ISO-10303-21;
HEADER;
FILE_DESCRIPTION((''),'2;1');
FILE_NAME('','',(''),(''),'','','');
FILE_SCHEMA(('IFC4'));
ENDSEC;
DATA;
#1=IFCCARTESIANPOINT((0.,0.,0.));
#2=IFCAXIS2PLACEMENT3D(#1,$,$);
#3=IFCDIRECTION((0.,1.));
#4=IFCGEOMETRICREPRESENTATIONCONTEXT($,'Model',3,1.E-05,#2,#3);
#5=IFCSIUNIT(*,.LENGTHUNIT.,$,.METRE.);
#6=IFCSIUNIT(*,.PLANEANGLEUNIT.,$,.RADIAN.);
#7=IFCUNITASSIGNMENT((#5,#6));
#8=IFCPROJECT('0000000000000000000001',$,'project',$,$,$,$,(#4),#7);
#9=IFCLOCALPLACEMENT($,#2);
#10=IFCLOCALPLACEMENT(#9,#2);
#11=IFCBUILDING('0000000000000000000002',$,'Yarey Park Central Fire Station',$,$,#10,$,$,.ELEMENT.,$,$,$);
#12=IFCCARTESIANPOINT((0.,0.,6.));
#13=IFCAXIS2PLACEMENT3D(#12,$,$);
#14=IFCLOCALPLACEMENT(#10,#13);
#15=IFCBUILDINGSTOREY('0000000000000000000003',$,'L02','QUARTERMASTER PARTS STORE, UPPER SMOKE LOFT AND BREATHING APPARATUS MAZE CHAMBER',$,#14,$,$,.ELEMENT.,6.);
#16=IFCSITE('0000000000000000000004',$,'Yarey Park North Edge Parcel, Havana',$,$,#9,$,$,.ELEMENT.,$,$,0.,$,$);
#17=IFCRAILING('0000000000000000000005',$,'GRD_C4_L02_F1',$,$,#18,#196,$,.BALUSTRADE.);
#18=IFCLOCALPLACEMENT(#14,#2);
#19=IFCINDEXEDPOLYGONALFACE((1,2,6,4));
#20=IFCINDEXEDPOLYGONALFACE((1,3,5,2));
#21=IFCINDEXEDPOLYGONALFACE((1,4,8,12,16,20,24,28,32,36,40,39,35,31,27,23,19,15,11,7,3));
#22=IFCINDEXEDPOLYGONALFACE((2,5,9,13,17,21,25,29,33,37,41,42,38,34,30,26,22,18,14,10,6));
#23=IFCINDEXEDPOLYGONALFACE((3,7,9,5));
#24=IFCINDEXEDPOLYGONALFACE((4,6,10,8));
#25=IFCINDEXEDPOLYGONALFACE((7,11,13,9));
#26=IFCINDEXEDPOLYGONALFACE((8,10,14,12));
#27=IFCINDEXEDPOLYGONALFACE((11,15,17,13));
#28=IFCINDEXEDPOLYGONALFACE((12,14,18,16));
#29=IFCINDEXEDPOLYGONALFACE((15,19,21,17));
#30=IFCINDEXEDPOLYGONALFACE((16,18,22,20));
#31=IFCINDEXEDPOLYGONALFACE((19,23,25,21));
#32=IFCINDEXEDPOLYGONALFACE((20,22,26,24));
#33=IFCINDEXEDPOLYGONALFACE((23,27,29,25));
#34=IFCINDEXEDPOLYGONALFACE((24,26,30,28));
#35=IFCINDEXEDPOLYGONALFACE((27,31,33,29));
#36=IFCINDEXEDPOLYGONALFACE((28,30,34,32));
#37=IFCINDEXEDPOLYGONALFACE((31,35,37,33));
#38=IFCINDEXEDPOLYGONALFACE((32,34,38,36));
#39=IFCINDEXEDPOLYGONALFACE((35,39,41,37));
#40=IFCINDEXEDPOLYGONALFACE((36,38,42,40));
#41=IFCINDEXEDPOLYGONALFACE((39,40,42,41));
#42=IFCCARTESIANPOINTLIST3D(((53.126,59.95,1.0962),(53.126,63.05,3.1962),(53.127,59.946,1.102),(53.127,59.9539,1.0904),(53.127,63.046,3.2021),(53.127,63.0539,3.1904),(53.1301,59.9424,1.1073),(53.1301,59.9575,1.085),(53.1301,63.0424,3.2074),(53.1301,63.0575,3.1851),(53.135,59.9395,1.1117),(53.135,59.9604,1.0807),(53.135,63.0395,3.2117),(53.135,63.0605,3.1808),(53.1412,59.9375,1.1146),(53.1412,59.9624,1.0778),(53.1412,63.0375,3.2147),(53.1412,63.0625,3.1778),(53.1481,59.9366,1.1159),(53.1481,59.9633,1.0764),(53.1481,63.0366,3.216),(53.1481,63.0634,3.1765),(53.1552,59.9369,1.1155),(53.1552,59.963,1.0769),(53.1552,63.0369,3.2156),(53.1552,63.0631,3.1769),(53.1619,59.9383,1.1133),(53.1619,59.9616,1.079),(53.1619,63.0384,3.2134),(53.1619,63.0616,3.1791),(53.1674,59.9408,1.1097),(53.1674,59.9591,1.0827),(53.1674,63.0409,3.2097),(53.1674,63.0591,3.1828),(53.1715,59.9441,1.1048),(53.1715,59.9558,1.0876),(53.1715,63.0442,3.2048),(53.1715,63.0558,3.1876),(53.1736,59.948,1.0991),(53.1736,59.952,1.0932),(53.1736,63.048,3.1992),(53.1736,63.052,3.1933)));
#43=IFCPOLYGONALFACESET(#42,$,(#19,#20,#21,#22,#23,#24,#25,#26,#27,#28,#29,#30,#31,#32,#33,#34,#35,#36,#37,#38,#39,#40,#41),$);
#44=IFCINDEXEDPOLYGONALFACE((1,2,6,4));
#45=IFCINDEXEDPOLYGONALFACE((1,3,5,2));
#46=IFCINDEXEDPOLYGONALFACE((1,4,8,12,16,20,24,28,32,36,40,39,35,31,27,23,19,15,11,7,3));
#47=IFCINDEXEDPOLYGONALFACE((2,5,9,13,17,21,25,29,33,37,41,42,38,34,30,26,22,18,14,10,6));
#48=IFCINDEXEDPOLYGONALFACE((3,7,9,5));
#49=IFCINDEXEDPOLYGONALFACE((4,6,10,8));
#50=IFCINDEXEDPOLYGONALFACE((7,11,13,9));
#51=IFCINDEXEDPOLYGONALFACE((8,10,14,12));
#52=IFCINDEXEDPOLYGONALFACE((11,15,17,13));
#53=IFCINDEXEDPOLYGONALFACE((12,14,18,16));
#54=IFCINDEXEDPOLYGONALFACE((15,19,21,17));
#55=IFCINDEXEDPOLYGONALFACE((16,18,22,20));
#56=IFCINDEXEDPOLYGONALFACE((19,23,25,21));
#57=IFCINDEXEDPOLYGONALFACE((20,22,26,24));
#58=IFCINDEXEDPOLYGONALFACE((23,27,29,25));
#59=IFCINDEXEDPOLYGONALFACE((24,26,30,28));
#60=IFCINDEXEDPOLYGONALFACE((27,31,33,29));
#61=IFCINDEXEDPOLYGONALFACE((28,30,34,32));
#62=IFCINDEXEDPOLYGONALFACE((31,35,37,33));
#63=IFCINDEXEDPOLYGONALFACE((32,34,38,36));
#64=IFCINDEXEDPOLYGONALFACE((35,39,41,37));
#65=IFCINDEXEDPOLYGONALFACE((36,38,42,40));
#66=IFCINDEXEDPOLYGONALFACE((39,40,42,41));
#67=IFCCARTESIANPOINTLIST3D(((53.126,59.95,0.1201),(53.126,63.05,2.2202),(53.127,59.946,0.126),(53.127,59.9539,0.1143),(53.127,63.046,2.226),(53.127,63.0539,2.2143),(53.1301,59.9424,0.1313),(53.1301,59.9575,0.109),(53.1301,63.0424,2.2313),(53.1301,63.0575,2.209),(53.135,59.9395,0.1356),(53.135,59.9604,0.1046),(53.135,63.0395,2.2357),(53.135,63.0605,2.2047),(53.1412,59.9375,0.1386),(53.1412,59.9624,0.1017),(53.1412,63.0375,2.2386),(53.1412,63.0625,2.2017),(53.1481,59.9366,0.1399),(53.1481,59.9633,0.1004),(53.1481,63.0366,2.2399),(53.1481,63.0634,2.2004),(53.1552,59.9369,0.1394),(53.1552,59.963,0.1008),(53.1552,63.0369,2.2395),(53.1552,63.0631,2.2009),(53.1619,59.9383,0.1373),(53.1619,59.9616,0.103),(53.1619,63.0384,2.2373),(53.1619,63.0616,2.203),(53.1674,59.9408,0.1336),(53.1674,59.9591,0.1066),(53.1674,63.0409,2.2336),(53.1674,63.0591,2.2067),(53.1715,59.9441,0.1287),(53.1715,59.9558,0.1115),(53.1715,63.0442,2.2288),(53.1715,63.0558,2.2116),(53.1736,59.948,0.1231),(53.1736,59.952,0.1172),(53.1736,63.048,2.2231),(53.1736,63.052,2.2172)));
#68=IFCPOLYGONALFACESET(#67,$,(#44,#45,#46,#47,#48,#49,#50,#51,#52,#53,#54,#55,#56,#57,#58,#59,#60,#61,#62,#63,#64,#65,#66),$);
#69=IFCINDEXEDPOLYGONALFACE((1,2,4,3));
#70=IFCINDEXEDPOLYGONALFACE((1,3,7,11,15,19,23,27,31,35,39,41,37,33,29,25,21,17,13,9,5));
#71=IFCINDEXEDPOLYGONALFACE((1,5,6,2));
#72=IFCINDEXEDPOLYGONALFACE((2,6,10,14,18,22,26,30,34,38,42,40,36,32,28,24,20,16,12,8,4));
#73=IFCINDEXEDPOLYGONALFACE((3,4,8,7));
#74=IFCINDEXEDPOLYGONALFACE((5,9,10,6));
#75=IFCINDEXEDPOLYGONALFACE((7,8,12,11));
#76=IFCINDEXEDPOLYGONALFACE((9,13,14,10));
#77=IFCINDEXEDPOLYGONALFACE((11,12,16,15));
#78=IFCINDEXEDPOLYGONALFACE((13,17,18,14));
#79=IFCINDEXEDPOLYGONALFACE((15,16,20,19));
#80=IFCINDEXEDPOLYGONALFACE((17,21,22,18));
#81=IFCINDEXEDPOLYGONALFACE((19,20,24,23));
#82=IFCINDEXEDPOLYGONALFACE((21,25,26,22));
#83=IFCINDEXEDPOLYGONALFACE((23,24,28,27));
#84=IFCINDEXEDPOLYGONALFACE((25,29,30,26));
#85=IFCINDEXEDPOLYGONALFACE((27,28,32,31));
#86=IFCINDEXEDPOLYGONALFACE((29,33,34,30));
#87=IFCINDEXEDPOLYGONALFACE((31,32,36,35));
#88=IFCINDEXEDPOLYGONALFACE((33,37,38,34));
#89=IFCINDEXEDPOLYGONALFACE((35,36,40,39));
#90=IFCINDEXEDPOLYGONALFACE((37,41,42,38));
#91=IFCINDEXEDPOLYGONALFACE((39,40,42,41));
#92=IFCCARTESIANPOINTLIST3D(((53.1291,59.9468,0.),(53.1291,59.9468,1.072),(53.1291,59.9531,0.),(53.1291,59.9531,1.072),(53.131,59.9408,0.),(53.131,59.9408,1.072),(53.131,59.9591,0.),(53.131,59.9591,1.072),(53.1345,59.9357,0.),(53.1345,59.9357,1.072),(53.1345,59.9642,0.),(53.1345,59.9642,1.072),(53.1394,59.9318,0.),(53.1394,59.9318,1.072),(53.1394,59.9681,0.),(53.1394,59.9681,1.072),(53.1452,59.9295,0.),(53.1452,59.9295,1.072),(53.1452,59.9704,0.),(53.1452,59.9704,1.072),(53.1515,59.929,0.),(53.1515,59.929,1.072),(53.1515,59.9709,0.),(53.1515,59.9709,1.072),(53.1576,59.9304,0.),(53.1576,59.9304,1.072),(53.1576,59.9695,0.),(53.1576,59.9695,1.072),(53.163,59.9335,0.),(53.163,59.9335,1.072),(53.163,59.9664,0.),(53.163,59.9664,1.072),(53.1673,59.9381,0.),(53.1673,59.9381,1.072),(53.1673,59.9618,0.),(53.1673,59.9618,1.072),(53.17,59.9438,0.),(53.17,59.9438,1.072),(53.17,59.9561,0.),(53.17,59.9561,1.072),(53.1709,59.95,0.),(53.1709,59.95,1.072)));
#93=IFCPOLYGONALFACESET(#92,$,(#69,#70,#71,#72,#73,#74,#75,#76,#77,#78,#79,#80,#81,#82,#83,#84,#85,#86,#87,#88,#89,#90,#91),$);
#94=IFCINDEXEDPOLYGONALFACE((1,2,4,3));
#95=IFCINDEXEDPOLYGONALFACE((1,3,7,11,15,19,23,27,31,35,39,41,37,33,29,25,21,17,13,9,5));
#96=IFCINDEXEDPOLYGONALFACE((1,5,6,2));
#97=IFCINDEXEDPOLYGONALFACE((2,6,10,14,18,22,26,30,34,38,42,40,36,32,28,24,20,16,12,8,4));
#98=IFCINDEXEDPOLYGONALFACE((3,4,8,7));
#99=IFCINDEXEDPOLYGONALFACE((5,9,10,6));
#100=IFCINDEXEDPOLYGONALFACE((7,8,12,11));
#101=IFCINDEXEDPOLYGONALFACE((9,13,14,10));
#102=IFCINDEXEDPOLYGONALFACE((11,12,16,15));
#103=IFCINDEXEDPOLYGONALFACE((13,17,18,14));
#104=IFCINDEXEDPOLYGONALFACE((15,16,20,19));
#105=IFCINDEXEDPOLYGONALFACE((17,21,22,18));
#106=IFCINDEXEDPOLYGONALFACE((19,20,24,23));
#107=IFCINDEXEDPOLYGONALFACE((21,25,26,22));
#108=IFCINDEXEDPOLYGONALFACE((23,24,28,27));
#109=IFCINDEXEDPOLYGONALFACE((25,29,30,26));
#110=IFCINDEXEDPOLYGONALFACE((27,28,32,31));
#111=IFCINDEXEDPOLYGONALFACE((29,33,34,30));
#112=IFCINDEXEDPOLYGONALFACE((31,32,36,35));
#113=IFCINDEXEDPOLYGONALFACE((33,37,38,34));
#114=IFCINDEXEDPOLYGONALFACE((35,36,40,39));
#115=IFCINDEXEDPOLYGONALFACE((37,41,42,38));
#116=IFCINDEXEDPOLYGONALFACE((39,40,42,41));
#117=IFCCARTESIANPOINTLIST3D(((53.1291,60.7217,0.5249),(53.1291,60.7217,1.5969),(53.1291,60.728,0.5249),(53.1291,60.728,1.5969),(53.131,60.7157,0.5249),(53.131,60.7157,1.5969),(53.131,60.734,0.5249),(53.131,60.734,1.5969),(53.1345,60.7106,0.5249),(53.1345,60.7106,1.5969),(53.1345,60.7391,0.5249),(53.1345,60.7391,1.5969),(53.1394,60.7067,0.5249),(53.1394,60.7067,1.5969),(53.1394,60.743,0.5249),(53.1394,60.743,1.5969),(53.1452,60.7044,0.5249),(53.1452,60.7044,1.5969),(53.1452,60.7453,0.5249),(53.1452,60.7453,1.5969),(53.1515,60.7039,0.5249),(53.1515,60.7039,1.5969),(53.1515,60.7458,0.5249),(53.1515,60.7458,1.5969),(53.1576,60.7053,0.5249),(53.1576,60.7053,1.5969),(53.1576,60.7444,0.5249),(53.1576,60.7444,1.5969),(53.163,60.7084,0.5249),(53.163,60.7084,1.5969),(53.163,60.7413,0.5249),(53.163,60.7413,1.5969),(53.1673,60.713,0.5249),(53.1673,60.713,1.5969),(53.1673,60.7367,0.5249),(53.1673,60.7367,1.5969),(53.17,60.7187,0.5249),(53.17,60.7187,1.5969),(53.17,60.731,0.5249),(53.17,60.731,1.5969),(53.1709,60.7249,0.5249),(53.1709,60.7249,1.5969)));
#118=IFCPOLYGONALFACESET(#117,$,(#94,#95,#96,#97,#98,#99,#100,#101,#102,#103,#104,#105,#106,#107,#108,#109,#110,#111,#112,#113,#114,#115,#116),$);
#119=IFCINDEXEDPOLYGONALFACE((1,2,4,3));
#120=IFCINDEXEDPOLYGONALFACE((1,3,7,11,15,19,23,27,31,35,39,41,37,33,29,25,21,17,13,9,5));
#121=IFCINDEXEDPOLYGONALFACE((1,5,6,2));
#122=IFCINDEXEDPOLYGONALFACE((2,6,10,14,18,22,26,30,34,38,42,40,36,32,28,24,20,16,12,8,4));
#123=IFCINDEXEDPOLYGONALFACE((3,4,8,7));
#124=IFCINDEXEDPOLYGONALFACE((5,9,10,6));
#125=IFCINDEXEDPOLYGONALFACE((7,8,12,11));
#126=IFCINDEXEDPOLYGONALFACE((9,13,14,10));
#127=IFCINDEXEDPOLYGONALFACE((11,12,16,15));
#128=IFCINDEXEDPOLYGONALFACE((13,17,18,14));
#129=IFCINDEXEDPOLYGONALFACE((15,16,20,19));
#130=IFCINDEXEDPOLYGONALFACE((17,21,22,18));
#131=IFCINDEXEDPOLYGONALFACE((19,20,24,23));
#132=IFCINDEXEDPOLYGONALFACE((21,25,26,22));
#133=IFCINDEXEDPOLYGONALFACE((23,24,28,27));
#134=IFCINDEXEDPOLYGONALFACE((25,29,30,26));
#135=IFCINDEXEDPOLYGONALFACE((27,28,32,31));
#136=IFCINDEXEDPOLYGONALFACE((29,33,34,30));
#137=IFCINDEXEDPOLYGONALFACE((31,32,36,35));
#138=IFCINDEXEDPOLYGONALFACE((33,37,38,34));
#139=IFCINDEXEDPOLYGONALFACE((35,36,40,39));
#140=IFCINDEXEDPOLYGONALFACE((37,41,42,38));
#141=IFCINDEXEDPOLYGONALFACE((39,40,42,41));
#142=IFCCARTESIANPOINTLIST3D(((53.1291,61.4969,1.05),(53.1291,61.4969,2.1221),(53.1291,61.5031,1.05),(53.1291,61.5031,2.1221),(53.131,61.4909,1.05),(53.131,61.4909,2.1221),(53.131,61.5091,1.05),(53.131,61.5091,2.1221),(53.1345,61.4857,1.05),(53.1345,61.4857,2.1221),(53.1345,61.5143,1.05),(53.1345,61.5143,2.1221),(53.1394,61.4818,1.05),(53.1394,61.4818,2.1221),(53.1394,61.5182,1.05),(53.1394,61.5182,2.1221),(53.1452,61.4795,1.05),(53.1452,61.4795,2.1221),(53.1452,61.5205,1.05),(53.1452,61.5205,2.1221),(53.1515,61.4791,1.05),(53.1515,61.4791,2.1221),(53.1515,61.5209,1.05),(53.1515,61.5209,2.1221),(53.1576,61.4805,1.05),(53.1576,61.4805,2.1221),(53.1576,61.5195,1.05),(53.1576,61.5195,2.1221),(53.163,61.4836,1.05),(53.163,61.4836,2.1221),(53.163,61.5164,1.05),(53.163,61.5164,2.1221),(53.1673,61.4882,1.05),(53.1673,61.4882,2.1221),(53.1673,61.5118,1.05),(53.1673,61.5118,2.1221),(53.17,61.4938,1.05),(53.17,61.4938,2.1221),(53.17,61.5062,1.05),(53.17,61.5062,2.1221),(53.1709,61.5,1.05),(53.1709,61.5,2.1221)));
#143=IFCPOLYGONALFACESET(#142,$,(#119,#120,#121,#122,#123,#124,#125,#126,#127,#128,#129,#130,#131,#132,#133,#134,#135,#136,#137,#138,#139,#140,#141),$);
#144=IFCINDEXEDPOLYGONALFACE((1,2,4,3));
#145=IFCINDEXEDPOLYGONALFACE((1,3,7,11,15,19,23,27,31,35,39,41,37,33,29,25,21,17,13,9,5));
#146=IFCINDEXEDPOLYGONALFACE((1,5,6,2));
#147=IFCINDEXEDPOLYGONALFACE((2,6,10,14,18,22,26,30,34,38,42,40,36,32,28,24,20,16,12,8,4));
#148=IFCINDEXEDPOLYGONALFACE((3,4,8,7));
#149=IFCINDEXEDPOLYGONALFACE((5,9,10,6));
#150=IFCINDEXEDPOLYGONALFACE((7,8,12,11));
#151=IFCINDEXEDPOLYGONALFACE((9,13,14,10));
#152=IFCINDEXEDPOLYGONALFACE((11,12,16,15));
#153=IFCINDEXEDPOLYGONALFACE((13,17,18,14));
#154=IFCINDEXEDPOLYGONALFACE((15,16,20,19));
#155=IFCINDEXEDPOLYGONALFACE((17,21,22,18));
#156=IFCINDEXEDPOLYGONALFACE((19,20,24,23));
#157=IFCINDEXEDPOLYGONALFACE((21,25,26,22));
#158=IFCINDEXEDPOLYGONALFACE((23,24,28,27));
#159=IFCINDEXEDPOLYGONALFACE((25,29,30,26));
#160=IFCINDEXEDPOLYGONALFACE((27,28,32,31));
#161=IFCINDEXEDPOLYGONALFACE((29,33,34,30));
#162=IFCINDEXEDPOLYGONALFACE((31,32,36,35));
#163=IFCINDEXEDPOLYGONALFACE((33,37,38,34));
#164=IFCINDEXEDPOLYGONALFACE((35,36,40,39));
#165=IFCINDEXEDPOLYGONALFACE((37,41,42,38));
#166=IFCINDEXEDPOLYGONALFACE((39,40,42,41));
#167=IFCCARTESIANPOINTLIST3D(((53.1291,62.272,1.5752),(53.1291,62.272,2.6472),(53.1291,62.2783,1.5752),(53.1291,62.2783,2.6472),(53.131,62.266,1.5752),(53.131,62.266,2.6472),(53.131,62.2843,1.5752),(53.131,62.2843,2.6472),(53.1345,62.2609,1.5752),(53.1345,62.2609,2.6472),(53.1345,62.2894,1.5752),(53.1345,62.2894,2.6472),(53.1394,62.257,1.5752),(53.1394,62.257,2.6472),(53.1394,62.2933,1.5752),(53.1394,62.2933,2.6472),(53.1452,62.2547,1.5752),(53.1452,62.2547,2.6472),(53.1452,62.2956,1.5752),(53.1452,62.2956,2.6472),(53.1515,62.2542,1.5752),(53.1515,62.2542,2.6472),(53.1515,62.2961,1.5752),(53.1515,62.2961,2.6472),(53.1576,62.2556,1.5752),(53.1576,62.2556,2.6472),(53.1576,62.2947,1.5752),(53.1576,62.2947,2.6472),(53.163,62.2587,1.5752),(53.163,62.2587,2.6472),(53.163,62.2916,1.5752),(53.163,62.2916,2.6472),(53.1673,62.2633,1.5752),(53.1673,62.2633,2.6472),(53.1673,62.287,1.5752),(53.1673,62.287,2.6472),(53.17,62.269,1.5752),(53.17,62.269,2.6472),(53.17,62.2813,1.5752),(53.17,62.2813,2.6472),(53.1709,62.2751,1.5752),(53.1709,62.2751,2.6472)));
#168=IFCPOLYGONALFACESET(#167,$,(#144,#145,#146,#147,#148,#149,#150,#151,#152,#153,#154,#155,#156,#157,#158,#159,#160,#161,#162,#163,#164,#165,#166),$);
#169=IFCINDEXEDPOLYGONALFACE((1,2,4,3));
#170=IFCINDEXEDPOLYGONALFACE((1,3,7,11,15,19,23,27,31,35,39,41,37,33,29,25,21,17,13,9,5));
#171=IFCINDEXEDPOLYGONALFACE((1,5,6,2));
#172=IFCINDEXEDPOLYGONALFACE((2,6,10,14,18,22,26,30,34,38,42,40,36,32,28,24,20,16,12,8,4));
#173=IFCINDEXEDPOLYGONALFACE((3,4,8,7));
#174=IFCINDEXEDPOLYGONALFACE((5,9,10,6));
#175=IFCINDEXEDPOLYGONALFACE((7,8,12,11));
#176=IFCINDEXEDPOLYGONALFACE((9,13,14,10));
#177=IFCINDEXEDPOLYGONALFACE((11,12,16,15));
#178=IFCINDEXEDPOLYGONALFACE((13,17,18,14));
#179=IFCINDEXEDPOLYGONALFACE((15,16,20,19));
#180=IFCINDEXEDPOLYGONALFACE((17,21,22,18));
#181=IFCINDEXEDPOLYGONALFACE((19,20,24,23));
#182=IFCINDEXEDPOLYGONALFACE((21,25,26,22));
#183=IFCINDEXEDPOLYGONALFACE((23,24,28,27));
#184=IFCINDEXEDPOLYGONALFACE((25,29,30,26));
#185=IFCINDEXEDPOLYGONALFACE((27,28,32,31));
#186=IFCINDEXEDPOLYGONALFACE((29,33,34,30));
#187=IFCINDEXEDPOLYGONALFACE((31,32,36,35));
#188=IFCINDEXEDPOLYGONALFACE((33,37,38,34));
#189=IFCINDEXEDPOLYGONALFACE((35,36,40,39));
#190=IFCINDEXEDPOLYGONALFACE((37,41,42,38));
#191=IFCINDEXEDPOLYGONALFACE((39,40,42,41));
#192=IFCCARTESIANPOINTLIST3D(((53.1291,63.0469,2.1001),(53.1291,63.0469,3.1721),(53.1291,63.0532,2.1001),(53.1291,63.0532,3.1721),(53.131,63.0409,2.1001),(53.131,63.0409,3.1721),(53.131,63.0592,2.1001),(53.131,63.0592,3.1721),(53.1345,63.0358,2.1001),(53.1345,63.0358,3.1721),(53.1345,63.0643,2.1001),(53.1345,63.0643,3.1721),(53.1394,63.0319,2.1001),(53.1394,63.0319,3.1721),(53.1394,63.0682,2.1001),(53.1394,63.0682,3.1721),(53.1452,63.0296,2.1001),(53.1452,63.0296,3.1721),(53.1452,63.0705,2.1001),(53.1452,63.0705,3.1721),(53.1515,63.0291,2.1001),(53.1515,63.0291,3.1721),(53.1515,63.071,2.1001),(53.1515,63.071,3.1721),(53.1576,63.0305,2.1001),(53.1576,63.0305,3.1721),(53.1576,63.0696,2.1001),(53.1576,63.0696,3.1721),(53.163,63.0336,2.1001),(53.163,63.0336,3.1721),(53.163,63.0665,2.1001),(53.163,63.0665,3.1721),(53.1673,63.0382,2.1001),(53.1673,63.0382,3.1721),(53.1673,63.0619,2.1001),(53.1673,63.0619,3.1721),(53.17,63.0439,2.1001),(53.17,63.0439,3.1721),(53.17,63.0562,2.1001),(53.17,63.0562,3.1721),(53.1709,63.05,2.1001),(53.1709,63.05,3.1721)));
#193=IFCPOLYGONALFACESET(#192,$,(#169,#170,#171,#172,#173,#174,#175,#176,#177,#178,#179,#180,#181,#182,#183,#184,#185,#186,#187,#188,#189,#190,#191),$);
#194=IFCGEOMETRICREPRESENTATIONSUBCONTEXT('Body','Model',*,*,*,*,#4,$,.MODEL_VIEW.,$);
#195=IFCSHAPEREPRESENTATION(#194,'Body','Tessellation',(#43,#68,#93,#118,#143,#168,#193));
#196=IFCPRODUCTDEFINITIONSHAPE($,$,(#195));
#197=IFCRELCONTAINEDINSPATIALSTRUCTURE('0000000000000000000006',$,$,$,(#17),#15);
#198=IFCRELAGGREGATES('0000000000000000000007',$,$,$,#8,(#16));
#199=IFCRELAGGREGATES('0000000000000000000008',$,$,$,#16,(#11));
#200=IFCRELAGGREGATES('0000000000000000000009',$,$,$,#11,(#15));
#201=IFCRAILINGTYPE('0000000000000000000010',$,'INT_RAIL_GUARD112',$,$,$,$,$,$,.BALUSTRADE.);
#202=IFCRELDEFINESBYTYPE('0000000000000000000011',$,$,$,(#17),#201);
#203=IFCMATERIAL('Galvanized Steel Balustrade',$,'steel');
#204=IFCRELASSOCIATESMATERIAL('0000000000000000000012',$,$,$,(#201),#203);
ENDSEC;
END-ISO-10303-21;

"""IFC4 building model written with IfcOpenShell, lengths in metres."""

from ifc_helpers import new_model, si_unit, direction, frame, origin, origin_2d, place, context, subcontext, project, spatial, circle, extrude, material, type_object, element, save


model = new_model("IFC4")

# Units and contexts
model_context = context("Model", 3, precision=1e-05, world=origin(), true_north=direction((0.0, 1.0)))
body_context = subcontext(model_context, "Body", "Model", "MODEL_VIEW")
ifc_project = project(units=[si_unit("LENGTHUNIT", "METRE"), si_unit("PLANEANGLEUNIT", "RADIAN")], contexts=[model_context])

# Site, building, storey
site_placement = place(None, origin())
site = spatial("IfcSite", under=ifc_project, at=site_placement, Name="Yarey Park North Edge Parcel, Havana", CompositionType="ELEMENT", RefElevation=0.0)
building_placement = place(site_placement, origin())
building = spatial("IfcBuilding", under=site, at=building_placement, Name="Yarey Park Central Fire Station", CompositionType="ELEMENT")
storey_placement = place(building_placement, frame((0.0, 0.0, 6.0)))
storey = spatial("IfcBuildingStorey", under=building, at=storey_placement, Name="L02", Description="QUARTERMASTER PARTS STORE, UPPER SMOKE LOFT AND BREATHING APPARATUS MAZE CHAMBER", CompositionType="ELEMENT", Elevation=6.0)

# Railing
ifc_material_1 = material(Name="Galvanized Steel Balustrade", Category="steel")
railing_type_1 = type_object("IfcRailingType", Name="INT_RAIL_GUARD112", PredefinedType="BALUSTRADE", material=ifc_material_1)
railing_1_placement = place(storey_placement, frame((53.1499, 59.95, 0.0)))
element("IfcRailing", 1, at=railing_1_placement, inside=storey, type_object=railing_type_1, Name="GRD_C4_L02_F1", PredefinedType="BALUSTRADE", context=body_context, shape_type="SweptSolid", body=[
    extrude(circle(Radius=0.0239, at=origin_2d()), frame((0.0, 0.0, 1.0962), z_axis=(0.0, 0.827915, 0.560854), x_axis=(-1.0, 0.0, 0.0)), (0.0, 0.0, 1.0), 3.7444),
    extrude(circle(Radius=0.0239, at=origin_2d()), frame((0.0, 0.0, 0.1201), z_axis=(0.0, 0.827915, 0.560854), x_axis=(-1.0, 0.0, 0.0)), (0.0, 0.0, 1.0), 3.7444),
    extrude(circle(Radius=0.021, at=origin_2d()), origin(), (0.0, 0.0, 1.0), 1.072),
    extrude(circle(Radius=0.021, at=origin_2d()), frame((0.0, 0.7749, 0.5249)), (0.0, 0.0, 1.0), 1.072),
    extrude(circle(Radius=0.021, at=origin_2d()), frame((0.0, 1.55, 1.05)), (0.0, 0.0, 1.0), 1.072),
    extrude(circle(Radius=0.021, at=origin_2d()), frame((0.0, 2.3252, 1.5752)), (0.0, 0.0, 1.0), 1.072),
    extrude(circle(Radius=0.021, at=origin_2d()), frame((0.0, 3.1001, 2.1001)), (0.0, 0.0, 1.0), 1.072),
])

save(model, "model.ifc")
